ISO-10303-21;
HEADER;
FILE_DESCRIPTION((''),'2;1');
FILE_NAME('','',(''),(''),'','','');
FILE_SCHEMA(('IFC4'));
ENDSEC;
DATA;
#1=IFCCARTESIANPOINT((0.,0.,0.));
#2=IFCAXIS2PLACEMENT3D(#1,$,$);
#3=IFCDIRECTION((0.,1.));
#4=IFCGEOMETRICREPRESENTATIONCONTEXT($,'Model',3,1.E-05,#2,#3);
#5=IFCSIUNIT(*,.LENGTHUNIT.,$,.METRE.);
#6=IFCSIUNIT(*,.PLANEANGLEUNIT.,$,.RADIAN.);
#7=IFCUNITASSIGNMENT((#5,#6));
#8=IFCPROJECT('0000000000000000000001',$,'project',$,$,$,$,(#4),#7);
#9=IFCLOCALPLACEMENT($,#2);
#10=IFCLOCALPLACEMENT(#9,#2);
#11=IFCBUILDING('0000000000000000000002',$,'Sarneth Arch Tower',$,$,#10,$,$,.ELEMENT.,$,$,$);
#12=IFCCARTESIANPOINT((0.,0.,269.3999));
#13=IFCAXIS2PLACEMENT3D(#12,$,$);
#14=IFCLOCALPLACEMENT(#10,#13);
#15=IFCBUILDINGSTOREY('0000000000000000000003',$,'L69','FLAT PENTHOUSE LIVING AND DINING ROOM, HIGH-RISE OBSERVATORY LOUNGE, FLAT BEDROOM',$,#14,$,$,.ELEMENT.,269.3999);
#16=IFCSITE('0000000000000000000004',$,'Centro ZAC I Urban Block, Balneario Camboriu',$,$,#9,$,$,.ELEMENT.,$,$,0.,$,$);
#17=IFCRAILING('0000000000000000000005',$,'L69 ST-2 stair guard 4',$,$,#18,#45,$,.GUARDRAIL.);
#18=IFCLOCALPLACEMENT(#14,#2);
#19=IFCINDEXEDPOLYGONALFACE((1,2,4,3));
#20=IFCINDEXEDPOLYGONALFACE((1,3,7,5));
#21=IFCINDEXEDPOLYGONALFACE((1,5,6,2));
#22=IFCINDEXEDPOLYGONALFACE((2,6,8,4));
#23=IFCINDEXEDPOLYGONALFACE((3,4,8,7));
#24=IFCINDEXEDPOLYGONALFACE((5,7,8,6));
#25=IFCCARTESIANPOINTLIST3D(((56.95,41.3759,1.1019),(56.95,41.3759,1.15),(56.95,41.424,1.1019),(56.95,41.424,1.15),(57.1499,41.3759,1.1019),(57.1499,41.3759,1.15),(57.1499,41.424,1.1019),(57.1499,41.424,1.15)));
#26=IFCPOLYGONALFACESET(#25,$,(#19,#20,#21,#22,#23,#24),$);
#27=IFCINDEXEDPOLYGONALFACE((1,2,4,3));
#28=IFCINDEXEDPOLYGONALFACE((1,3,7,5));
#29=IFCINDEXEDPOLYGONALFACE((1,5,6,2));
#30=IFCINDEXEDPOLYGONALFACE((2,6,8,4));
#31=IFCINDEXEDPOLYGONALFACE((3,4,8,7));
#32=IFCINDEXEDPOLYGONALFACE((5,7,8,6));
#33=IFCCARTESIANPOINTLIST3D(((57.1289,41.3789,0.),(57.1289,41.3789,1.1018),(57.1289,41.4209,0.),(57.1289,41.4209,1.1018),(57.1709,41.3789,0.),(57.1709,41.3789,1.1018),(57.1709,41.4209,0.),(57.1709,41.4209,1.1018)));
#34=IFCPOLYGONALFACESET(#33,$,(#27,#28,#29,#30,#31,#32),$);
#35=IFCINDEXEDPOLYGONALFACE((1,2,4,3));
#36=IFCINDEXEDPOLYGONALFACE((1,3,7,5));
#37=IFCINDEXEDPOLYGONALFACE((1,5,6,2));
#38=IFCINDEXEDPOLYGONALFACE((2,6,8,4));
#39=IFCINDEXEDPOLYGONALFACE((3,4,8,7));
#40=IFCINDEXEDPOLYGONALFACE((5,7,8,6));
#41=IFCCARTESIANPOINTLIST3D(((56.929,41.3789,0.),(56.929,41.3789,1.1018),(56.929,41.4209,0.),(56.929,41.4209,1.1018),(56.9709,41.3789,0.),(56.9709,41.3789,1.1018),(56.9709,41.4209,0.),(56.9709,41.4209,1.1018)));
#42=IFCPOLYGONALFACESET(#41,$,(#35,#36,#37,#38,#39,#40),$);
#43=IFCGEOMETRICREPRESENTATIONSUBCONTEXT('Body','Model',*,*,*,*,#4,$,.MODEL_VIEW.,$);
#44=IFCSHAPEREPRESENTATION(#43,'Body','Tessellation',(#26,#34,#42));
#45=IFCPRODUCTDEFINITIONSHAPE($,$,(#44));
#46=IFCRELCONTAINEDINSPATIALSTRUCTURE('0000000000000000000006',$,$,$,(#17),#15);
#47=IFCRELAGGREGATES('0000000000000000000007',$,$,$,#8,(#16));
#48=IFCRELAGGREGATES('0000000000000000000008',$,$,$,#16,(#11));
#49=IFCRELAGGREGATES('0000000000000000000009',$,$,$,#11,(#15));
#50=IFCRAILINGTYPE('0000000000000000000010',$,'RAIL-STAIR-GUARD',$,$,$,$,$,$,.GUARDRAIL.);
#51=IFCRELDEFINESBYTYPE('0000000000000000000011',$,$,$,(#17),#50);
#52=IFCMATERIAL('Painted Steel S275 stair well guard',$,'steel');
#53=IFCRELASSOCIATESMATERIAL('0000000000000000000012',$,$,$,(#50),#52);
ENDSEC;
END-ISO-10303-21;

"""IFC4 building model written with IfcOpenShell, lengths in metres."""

from ifc_helpers import new_model, si_unit, direction, frame, origin, origin_2d, place, context, subcontext, project, spatial, rectangle, extrude, material, type_object, element, save


model = new_model("IFC4")

# Units and contexts
model_context = context("Model", 3, precision=1e-05, world=origin(), true_north=direction((0.0, 1.0)))
body_context = subcontext(model_context, "Body", "Model", "MODEL_VIEW")
ifc_project = project(units=[si_unit("LENGTHUNIT", "METRE"), si_unit("PLANEANGLEUNIT", "RADIAN")], contexts=[model_context])

# Site, building, storey
site_placement = place(None, origin())
site = spatial("IfcSite", under=ifc_project, at=site_placement, Name="Centro ZAC I Urban Block, Balneario Camboriu", CompositionType="ELEMENT", RefElevation=0.0)
building_placement = place(site_placement, origin())
building = spatial("IfcBuilding", under=site, at=building_placement, Name="Sarneth Arch Tower", CompositionType="ELEMENT")
storey_placement = place(building_placement, frame((0.0, 0.0, 269.3999)))
storey = spatial("IfcBuildingStorey", under=building, at=storey_placement, Name="L69", Description="FLAT PENTHOUSE LIVING AND DINING ROOM, HIGH-RISE OBSERVATORY LOUNGE, FLAT BEDROOM", CompositionType="ELEMENT", Elevation=269.3999)

# Railing
ifc_material_1 = material(Name="Painted Steel S275 stair well guard", Category="steel")
railing_type = type_object("IfcRailingType", Name="RAIL-STAIR-GUARD", PredefinedType="GUARDRAIL", material=ifc_material_1)
railing_1_placement = place(storey_placement, frame((57.1499, 41.3999, 0.0)))
element("IfcRailing", 1, at=railing_1_placement, inside=storey, type_object=railing_type, Name="L69 ST-2 stair guard 4", PredefinedType="GUARDRAIL", context=body_context, shape_type="SweptSolid", body=[
    extrude(rectangle(XDim=0.0481, YDim=0.0481, at=origin_2d()), frame((0.0, 0.0, 1.126), z_axis=(-1.0, 0.0, 0.0), x_axis=(0.0, -1.0, 0.0)), (0.0, 0.0, 1.0), 0.2),
    extrude(rectangle(XDim=0.042, YDim=0.042, at=origin_2d()), origin(), (0.0, 0.0, 1.0), 1.1018),
    extrude(rectangle(XDim=0.042, YDim=0.042, at=origin_2d()), frame((-0.2, 0.0, 0.0)), (0.0, 0.0, 1.0), 1.1018),
])

save(model, "model.ifc")
